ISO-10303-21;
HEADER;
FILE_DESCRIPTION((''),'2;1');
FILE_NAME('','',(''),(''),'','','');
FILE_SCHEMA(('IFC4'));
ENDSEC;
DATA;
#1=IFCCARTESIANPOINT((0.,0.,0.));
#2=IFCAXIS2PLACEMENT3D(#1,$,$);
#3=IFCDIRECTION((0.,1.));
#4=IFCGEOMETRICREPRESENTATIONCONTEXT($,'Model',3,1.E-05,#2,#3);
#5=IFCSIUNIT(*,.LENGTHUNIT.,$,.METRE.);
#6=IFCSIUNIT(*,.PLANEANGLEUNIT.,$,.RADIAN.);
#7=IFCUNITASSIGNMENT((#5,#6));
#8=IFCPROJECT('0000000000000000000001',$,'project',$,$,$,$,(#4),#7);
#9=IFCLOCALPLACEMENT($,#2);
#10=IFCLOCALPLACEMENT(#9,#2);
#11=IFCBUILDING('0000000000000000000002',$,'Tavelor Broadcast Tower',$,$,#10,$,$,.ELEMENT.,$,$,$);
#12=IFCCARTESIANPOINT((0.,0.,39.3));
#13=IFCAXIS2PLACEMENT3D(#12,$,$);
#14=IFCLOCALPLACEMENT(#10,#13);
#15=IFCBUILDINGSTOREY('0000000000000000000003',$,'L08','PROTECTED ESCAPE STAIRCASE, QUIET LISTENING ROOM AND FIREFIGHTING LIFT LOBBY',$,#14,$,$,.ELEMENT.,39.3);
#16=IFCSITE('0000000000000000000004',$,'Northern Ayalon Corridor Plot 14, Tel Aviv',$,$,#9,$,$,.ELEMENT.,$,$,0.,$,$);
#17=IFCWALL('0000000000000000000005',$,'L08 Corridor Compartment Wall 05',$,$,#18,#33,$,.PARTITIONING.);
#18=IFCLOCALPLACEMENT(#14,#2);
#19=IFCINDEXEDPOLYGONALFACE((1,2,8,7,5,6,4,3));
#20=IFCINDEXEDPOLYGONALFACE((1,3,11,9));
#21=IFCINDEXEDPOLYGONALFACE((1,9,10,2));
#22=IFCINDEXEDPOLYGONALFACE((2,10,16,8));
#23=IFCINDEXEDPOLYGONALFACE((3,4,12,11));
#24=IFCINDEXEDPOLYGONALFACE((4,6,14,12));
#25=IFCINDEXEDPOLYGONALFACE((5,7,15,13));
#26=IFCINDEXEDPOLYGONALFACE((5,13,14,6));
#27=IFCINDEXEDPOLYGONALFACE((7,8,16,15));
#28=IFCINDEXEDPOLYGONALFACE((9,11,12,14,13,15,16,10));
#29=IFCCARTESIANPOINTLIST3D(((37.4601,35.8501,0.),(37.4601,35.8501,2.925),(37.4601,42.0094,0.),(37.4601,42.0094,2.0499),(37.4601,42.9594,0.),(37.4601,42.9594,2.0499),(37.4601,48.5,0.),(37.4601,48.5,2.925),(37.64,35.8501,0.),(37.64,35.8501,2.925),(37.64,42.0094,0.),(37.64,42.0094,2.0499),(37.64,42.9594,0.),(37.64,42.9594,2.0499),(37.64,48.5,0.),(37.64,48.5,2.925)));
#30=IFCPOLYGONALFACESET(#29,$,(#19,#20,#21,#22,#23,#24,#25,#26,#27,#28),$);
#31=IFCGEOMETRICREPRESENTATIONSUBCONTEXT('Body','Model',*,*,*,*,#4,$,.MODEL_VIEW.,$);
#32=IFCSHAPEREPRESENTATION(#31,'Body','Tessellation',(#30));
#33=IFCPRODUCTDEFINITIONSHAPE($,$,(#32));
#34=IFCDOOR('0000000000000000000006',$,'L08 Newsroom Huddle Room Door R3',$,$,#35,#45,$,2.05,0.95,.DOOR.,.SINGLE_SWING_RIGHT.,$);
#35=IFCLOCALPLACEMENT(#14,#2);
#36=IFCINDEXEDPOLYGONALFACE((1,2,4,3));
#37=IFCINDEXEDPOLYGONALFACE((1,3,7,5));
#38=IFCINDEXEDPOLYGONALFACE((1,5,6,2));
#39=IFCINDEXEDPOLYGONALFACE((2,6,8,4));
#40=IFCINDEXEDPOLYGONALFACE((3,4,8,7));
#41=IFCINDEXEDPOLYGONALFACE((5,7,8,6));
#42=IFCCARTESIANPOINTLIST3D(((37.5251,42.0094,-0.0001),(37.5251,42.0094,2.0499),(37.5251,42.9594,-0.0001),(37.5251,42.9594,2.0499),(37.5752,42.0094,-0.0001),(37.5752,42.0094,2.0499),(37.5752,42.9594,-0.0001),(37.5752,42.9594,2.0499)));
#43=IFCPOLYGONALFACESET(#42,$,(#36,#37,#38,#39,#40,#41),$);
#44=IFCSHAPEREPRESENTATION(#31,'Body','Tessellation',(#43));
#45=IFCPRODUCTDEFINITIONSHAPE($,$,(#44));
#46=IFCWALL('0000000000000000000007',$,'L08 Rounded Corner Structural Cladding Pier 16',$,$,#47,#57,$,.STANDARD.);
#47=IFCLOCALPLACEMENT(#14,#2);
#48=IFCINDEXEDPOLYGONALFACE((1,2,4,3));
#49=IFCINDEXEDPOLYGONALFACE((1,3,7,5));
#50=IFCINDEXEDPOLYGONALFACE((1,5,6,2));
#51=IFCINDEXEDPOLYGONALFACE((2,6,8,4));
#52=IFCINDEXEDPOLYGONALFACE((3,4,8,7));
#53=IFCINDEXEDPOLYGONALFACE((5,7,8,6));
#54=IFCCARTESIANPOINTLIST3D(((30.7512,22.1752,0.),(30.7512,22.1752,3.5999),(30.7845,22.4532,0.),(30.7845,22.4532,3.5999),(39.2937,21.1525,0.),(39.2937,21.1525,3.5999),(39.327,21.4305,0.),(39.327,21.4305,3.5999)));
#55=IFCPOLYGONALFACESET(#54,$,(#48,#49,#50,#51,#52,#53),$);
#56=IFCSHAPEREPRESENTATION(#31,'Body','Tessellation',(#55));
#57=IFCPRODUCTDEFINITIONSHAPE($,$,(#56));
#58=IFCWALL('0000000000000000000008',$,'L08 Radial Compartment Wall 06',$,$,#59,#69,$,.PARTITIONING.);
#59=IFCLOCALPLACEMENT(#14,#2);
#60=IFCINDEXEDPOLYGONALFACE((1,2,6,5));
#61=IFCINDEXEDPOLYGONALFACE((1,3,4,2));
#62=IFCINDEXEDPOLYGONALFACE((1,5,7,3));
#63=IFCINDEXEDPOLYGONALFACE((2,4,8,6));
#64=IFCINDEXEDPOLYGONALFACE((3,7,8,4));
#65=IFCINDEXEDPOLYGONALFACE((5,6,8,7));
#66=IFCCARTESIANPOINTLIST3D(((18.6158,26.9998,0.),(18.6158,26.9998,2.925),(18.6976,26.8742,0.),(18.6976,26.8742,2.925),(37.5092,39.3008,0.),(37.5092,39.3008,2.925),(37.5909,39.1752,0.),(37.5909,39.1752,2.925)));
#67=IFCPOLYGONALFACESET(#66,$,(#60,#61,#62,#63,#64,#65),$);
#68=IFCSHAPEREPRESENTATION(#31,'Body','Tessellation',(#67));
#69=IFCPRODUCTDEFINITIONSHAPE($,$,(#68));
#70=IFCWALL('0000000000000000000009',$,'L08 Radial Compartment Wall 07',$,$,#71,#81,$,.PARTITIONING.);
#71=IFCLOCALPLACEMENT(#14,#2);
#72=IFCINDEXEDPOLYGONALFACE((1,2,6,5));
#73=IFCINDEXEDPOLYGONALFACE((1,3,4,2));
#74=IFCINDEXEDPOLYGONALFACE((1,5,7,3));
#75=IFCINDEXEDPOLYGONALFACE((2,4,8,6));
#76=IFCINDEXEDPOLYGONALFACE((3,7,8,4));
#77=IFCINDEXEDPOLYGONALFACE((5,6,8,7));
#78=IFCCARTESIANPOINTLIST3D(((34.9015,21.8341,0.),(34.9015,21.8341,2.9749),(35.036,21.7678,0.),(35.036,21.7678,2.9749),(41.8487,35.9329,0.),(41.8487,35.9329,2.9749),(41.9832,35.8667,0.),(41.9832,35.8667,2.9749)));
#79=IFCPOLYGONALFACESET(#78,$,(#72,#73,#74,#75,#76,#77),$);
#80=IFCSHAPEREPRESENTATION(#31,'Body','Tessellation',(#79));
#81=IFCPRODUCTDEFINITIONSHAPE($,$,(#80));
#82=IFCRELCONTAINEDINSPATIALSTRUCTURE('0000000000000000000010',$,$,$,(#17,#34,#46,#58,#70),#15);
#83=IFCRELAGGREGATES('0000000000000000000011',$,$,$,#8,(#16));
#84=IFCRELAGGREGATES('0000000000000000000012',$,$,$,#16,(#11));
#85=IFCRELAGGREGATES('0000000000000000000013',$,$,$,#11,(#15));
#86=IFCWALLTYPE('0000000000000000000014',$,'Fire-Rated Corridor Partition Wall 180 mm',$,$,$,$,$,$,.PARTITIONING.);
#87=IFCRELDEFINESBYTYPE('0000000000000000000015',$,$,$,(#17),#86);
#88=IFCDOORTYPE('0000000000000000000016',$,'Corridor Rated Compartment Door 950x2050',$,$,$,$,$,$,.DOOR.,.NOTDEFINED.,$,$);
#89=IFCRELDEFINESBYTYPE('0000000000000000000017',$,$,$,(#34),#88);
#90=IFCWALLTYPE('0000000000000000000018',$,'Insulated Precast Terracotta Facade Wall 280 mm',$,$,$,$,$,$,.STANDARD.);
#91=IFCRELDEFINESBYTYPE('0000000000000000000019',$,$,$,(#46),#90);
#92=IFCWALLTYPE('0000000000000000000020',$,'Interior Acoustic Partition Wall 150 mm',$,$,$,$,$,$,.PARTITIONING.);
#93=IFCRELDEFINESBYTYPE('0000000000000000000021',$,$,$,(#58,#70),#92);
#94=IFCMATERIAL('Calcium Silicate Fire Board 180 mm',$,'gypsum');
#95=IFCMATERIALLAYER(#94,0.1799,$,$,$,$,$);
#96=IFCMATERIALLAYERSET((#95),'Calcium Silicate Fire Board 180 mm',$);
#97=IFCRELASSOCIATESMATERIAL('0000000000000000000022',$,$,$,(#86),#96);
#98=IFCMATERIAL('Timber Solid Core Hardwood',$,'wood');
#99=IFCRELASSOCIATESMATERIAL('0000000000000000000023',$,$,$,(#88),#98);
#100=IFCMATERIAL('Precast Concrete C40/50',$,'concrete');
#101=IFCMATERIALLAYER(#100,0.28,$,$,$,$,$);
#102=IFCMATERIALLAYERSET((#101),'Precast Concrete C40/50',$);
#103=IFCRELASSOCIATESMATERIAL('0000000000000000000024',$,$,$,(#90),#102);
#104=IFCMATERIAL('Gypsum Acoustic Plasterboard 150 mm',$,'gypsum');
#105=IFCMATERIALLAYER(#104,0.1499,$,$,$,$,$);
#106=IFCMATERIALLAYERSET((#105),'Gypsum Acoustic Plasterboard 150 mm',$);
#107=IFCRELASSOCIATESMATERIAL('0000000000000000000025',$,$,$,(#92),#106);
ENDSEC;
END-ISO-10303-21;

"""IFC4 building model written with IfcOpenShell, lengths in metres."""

from ifc_helpers import new_model, si_unit, direction, frame, frame_2d, origin, place, context, subcontext, project, spatial, rectangle, extrude, material, layer, layer_set, type_object, element, fill, save


model = new_model("IFC4")

# Units and contexts
model_context = context("Model", 3, precision=1e-05, world=origin(), true_north=direction((0.0, 1.0)))
body_context = subcontext(model_context, "Body", "Model", "MODEL_VIEW")
ifc_project = project(units=[si_unit("LENGTHUNIT", "METRE"), si_unit("PLANEANGLEUNIT", "RADIAN")], contexts=[model_context])

# Site, building, storey
site_placement = place(None, origin())
site = spatial("IfcSite", under=ifc_project, at=site_placement, Name="Northern Ayalon Corridor Plot 14, Tel Aviv", CompositionType="ELEMENT", RefElevation=0.0)
building_placement = place(site_placement, origin())
building = spatial("IfcBuilding", under=site, at=building_placement, Name="Tavelor Broadcast Tower", CompositionType="ELEMENT")
storey_placement = place(building_placement, frame((0.0, 0.0, 39.3)))
storey = spatial("IfcBuildingStorey", under=building, at=storey_placement, Name="L08", Description="PROTECTED ESCAPE STAIRCASE, QUIET LISTENING ROOM AND FIREFIGHTING LIFT LOBBY", CompositionType="ELEMENT", Elevation=39.3)

# Wall, opening, door
ifc_material_1 = material(Name="Calcium Silicate Fire Board 180 mm", Category="gypsum")
ifc_layer_1 = layer(ifc_material_1, 0.1799)
ifc_layer_set_1 = layer_set([ifc_layer_1], Name="Calcium Silicate Fire Board 180 mm")
wall_type_1 = type_object("IfcWallType", Name="Fire-Rated Corridor Partition Wall 180 mm", PredefinedType="PARTITIONING", material=ifc_layer_set_1)
wall_1_placement = place(storey_placement, frame((37.55, 35.8501, 0.0), z_axis=(0.0, 0.0, 1.0), x_axis=(0.0, 1.0, 0.0)))
wall_1 = element("IfcWall", 1, at=wall_1_placement, inside=storey, type_object=wall_type_1, Name="L08 Corridor Compartment Wall 05", PredefinedType="PARTITIONING", context=body_context, shape_type="SweptSolid", body=[
    extrude(rectangle(XDim=12.6499, YDim=0.1799, at=frame_2d((6.325, 0.0))), origin(), (0.0, 0.0, 1.0), 2.925),
])
opening_1_placement = place(wall_1_placement, frame((6.1592, 0.0, 0.0)))
opening_1 = element("IfcOpeningElement", 2, at=opening_1_placement, cuts=wall_1, PredefinedType="OPENING", context=body_context, shape_type="SweptSolid", body=[
    extrude(rectangle(XDim=0.95, YDim=2.05, at=frame_2d((0.4751, 1.0249))), frame((0.0, 0.1001, 0.0), z_axis=(0.0, -1.0, 0.0), x_axis=(1.0, 0.0, 0.0)), (0.0, 0.0, 1.0), 0.2),
])
ifc_material_2 = material(Name="Timber Solid Core Hardwood", Category="wood")
door_type_1 = type_object("IfcDoorType", Name="Corridor Rated Compartment Door 950x2050", OperationType="NOTDEFINED", PredefinedType="DOOR", material=ifc_material_2)
door_1_placement = place(opening_1_placement, origin())
door_1 = element("IfcDoor", 3, at=door_1_placement, inside=storey, type_object=door_type_1, Name="L08 Newsroom Huddle Room Door R3", OperationType="SINGLE_SWING_RIGHT", OverallHeight=2.05, OverallWidth=0.95, PredefinedType="DOOR", context=body_context, shape_type="SweptSolid", body=[
    extrude(rectangle(XDim=0.95, YDim=2.05, at=frame_2d((0.4751, 1.0249))), frame((0.0, 0.0249, 0.0), z_axis=(0.0, -1.0, 0.0), x_axis=(1.0, 0.0, 0.0)), (0.0, 0.0, 1.0), 0.05),
])
fill(opening_1, door_1)

# Walls
ifc_material_3 = material(Name="Precast Concrete C40/50", Category="concrete")
ifc_layer_2 = layer(ifc_material_3, 0.28)
ifc_layer_set_2 = layer_set([ifc_layer_2], Name="Precast Concrete C40/50")
wall_type_2 = type_object("IfcWallType", Name="Insulated Precast Terracotta Facade Wall 280 mm", PredefinedType="STANDARD", material=ifc_layer_set_2)
wall_2_placement = place(storey_placement, frame((30.7678, 22.3142, 0.0), z_axis=(0.0, 0.0, 1.0), x_axis=(0.99291, -0.118871, 0.0)))
element("IfcWall", 4, at=wall_2_placement, inside=storey, type_object=wall_type_2, Name="L08 Rounded Corner Structural Cladding Pier 16", PredefinedType="STANDARD", context=body_context, shape_type="SweptSolid", body=[
    extrude(rectangle(XDim=8.6035, YDim=0.28, at=frame_2d((4.3018, 0.0))), origin(), (0.0, 0.0, 1.0), 3.5999),
])
ifc_material_4 = material(Name="Gypsum Acoustic Plasterboard 150 mm", Category="gypsum")
ifc_layer_3 = layer(ifc_material_4, 0.1499)
ifc_layer_set_3 = layer_set([ifc_layer_3], Name="Gypsum Acoustic Plasterboard 150 mm")
wall_type_3 = type_object("IfcWallType", Name="Interior Acoustic Partition Wall 150 mm", PredefinedType="PARTITIONING", material=ifc_layer_set_3)
wall_3_placement = place(storey_placement, frame((37.55, 39.238, 0.0), z_axis=(0.0, 0.0, 1.0), x_axis=(-0.83803, -0.545623, 0.0)))
element("IfcWall", 5, at=wall_3_placement, inside=storey, type_object=wall_type_3, Name="L08 Radial Compartment Wall 06", PredefinedType="PARTITIONING", context=body_context, shape_type="SweptSolid", body=[
    extrude(rectangle(XDim=22.5449, YDim=0.1499, at=frame_2d((11.2725, 0.0))), origin(), (0.0, 0.0, 1.0), 2.925),
])
wall_4_placement = place(storey_placement, frame((41.916, 35.8999, 0.0), z_axis=(0.0, 0.0, 1.0), x_axis=(-0.442006, -0.897012, 0.0)))
element("IfcWall", 6, at=wall_4_placement, inside=storey, type_object=wall_type_3, Name="L08 Radial Compartment Wall 07", PredefinedType="PARTITIONING", context=body_context, shape_type="SweptSolid", body=[
    extrude(rectangle(XDim=15.7175, YDim=0.1499, at=frame_2d((7.8589, 0.0))), origin(), (0.0, 0.0, 1.0), 2.9749),
])

save(model, "model.ifc")
